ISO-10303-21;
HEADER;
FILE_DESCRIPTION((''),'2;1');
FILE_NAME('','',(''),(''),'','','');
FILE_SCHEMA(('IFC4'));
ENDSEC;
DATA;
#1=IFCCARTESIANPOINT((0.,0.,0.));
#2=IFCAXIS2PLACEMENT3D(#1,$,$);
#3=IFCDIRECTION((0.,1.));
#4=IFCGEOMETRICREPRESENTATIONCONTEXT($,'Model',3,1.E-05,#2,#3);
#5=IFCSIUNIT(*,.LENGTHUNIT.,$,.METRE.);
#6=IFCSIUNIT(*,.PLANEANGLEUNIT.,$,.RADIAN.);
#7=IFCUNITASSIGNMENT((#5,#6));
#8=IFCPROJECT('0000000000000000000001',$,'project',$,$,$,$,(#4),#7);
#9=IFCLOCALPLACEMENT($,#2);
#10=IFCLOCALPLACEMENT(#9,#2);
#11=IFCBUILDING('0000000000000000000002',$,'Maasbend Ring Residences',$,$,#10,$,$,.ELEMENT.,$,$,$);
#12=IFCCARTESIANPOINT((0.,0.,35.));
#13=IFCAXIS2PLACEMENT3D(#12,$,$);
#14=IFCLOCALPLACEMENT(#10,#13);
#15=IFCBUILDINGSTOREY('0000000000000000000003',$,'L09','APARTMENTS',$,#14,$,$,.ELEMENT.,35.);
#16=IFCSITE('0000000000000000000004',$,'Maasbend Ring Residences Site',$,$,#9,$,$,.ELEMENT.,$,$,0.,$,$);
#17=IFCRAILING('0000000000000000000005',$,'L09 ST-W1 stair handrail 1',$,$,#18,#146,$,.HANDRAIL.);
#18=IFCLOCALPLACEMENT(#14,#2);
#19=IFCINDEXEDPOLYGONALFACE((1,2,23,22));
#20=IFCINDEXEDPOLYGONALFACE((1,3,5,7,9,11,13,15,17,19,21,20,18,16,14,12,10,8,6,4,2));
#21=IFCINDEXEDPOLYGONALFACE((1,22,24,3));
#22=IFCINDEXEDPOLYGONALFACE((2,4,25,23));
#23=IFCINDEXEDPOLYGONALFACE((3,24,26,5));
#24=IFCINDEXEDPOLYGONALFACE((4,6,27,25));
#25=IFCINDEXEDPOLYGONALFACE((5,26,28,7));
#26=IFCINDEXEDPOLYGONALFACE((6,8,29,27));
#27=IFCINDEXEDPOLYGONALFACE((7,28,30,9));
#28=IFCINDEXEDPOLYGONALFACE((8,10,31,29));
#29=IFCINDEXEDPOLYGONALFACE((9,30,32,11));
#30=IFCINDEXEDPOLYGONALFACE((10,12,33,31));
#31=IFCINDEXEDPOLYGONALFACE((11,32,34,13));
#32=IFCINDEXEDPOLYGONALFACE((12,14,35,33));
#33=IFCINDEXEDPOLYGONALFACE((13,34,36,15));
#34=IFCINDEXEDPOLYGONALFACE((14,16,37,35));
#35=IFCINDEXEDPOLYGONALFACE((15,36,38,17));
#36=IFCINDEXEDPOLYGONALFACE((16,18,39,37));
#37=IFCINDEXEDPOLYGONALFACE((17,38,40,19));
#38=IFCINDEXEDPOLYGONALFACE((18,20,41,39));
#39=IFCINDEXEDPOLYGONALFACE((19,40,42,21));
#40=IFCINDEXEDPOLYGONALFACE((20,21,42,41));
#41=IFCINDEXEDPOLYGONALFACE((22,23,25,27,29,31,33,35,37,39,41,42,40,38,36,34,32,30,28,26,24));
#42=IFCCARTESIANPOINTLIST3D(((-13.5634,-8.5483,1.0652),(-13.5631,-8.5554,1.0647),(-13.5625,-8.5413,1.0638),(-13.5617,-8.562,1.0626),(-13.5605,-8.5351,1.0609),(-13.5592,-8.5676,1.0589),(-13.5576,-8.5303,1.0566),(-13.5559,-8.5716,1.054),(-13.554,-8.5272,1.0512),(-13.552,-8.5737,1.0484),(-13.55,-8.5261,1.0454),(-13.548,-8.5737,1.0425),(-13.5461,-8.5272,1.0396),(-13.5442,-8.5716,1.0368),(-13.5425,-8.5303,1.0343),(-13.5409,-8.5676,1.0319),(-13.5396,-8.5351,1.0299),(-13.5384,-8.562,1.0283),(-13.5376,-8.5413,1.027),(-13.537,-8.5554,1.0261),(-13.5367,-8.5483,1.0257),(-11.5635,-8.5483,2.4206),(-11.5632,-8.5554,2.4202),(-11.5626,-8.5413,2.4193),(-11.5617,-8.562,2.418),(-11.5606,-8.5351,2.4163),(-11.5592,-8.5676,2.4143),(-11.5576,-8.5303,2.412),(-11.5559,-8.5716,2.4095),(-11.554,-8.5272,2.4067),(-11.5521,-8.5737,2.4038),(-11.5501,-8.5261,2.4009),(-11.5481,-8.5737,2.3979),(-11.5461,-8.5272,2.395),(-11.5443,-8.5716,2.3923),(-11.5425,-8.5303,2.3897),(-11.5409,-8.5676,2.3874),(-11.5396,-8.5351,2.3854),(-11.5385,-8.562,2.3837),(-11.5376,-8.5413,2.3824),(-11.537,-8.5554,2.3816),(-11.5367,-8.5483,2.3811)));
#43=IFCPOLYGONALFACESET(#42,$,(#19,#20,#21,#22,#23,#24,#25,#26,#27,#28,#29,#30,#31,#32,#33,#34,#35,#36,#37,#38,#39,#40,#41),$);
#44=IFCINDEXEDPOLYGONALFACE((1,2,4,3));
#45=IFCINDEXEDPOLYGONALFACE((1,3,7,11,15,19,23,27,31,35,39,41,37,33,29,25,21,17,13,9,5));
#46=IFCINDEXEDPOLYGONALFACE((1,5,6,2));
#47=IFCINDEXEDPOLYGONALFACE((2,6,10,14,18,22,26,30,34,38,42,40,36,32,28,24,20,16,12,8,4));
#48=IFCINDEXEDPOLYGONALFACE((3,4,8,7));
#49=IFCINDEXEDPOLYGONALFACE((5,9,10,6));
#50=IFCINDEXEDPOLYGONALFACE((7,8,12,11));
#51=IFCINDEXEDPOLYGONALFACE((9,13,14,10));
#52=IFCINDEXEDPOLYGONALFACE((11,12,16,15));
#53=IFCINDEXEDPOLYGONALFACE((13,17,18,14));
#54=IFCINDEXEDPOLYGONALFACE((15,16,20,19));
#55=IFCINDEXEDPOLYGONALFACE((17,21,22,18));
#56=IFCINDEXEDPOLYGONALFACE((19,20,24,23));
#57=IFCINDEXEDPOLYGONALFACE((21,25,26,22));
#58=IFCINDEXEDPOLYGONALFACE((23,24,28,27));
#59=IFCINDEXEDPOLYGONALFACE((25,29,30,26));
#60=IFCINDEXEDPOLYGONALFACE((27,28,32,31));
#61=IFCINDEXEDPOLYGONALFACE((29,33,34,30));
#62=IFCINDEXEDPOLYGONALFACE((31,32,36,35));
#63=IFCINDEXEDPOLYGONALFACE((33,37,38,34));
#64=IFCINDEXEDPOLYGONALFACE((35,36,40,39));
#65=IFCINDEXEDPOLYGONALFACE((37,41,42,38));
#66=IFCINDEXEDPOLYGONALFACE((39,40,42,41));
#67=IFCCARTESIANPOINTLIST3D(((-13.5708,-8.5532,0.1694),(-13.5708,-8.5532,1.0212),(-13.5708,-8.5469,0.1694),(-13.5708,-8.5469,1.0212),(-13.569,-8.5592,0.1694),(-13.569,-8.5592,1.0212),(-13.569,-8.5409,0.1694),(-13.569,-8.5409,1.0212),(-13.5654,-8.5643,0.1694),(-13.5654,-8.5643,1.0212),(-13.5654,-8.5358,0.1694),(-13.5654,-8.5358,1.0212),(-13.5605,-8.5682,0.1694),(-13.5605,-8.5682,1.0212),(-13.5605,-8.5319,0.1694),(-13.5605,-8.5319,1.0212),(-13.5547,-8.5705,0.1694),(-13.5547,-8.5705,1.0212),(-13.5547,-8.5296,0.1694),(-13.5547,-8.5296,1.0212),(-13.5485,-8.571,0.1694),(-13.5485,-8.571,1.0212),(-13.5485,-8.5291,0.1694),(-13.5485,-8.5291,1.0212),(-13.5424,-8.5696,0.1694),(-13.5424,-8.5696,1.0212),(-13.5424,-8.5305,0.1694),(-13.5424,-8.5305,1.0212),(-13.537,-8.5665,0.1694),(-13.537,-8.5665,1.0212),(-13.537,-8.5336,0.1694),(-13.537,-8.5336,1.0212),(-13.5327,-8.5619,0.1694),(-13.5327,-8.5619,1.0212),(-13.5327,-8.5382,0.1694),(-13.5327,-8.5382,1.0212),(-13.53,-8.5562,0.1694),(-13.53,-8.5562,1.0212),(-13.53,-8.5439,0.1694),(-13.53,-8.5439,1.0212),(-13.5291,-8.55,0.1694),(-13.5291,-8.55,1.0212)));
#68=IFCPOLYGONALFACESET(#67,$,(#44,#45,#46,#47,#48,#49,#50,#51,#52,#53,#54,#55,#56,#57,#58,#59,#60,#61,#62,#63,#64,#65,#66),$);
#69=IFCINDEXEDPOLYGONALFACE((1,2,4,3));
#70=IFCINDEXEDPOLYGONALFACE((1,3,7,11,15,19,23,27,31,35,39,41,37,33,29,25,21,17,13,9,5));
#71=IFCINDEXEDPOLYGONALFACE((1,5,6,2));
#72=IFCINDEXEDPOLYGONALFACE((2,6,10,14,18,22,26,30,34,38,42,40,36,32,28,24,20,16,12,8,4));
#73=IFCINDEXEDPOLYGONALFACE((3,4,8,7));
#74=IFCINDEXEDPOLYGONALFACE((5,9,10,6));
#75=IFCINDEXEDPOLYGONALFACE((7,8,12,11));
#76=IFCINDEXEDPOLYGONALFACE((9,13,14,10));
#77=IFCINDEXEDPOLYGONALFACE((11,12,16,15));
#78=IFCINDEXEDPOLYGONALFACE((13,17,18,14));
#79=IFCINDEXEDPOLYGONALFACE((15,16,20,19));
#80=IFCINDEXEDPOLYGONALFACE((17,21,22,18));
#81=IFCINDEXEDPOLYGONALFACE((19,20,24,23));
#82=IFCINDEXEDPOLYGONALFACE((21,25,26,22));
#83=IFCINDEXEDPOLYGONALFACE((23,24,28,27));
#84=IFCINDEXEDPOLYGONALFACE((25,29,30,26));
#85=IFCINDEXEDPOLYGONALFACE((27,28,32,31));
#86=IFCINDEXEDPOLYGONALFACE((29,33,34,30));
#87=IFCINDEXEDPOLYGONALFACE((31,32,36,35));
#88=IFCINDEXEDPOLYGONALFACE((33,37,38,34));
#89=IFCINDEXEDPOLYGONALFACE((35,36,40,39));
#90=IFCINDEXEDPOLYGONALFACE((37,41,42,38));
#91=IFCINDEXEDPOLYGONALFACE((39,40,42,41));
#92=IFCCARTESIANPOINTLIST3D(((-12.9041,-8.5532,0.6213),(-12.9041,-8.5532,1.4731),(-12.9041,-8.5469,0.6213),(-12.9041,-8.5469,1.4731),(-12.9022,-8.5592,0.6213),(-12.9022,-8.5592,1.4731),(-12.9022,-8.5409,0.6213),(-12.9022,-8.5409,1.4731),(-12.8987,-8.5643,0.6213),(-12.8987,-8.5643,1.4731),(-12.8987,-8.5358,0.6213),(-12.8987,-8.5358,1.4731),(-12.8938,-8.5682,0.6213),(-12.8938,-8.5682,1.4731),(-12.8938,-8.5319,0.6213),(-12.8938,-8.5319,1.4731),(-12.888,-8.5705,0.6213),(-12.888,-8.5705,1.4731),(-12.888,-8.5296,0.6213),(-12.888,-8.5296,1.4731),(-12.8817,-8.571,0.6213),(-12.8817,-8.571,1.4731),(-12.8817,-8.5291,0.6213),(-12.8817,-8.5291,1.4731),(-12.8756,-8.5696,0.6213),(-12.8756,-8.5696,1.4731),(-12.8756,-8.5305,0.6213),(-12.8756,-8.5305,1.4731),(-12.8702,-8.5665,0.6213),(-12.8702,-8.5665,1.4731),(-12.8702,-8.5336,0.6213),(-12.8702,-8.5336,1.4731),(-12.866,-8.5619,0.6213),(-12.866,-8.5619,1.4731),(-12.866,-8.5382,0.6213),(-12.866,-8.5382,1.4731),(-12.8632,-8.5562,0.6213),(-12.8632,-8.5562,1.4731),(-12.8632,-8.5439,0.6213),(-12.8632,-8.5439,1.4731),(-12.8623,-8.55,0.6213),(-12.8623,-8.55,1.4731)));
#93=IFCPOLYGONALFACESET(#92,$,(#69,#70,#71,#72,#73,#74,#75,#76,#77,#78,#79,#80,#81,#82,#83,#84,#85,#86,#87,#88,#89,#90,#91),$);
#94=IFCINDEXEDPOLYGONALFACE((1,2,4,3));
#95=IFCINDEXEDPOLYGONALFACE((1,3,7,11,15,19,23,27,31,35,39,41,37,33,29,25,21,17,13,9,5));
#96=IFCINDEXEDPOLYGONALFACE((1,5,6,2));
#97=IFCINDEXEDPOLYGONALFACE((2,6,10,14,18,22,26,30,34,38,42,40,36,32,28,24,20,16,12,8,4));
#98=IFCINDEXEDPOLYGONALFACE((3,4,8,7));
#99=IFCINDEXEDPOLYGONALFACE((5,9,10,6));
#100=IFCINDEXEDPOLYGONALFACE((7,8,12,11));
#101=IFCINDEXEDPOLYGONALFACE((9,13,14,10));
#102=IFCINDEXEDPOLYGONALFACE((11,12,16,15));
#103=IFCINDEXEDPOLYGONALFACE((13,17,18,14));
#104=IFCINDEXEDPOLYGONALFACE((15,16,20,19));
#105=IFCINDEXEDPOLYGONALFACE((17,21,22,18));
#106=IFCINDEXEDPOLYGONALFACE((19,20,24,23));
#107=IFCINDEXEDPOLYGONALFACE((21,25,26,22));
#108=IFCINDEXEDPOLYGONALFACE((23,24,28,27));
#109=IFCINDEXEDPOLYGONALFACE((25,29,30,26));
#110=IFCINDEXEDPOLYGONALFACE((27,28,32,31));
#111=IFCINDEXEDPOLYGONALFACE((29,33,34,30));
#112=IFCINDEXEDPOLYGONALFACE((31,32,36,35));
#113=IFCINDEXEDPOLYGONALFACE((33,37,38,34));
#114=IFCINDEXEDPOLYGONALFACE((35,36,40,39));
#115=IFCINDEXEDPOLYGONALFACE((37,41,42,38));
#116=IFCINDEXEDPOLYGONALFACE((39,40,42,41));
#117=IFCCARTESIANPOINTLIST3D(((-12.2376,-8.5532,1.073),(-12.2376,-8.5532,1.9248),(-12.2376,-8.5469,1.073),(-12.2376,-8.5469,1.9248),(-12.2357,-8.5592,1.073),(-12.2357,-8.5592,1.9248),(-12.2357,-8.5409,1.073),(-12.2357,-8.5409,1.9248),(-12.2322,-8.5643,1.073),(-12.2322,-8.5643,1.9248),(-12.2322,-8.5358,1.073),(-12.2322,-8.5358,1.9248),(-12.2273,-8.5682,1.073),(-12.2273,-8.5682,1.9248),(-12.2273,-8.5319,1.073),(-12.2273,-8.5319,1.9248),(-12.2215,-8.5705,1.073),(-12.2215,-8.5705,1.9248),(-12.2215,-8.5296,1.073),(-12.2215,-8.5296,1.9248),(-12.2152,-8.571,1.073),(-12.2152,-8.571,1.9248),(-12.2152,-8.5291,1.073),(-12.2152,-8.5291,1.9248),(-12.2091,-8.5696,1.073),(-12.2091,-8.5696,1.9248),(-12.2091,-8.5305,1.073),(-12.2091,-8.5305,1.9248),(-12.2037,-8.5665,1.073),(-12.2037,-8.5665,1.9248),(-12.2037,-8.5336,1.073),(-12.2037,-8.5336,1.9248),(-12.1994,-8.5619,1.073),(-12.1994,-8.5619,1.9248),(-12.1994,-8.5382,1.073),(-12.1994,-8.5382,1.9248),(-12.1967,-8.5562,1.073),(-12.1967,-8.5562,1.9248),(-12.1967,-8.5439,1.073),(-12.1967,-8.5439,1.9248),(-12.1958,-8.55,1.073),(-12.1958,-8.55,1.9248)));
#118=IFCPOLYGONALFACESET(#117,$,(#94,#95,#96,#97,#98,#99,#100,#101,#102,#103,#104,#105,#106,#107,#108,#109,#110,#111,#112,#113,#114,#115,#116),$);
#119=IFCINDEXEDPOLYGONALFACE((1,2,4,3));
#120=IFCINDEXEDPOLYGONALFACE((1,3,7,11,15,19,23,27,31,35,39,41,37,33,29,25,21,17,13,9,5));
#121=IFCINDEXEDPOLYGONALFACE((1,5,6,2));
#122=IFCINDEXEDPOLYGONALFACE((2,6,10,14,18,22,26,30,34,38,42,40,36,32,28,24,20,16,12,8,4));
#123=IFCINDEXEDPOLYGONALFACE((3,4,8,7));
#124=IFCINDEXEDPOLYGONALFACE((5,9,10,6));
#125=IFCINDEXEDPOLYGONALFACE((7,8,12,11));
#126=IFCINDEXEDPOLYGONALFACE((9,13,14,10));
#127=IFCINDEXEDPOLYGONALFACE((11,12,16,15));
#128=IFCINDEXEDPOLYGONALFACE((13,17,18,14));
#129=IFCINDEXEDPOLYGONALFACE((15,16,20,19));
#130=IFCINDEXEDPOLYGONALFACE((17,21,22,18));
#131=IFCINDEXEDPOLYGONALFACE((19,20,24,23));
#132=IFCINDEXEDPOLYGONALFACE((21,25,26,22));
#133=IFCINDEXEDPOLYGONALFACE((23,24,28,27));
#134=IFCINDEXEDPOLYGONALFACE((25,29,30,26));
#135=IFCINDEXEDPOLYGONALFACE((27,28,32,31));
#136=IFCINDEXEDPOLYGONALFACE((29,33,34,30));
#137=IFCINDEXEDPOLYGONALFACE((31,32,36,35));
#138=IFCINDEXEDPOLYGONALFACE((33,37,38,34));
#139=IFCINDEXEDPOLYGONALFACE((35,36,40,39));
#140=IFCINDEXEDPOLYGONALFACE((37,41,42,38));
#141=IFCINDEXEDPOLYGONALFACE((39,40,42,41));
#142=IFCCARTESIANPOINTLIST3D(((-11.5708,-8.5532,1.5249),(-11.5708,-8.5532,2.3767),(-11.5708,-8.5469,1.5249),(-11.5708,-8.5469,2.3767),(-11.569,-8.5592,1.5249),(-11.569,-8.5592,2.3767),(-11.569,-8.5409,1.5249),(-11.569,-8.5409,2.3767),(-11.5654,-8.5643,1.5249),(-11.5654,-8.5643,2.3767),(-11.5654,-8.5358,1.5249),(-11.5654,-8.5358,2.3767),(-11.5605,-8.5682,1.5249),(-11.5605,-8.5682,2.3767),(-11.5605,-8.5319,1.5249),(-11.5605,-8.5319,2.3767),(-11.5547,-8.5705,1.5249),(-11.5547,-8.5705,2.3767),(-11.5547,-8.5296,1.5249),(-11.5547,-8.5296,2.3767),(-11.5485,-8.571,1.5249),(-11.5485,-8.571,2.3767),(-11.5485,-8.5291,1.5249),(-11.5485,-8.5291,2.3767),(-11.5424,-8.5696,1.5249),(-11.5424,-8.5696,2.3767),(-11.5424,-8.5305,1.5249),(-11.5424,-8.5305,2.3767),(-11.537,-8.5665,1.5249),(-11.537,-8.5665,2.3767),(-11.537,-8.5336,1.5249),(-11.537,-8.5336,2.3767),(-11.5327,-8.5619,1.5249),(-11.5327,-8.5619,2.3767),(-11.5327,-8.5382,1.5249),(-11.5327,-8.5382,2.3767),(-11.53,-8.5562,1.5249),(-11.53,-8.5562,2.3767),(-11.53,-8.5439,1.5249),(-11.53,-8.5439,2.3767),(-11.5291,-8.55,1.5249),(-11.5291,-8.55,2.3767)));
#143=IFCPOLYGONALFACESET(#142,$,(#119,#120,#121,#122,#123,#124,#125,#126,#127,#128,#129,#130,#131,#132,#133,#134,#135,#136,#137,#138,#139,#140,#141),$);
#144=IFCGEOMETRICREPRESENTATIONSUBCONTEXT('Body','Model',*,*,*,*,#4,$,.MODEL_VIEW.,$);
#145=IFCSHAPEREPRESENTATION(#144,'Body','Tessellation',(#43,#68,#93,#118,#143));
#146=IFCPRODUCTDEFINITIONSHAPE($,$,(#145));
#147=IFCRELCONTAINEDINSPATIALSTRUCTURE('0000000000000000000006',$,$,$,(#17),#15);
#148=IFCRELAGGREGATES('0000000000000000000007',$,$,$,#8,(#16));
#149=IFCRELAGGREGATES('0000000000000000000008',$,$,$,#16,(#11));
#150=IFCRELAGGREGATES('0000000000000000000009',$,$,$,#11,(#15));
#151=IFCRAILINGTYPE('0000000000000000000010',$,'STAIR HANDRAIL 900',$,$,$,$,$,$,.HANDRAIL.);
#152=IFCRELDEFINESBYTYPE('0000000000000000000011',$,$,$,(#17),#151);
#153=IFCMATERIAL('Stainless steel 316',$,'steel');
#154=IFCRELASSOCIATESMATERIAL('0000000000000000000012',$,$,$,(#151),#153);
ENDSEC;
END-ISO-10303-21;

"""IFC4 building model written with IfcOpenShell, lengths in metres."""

from ifc_helpers import new_model, si_unit, direction, frame, origin, origin_2d, place, context, subcontext, project, spatial, circle, extrude, material, type_object, element, save


model = new_model("IFC4")

# Units and contexts
model_context = context("Model", 3, precision=1e-05, world=origin(), true_north=direction((0.0, 1.0)))
body_context = subcontext(model_context, "Body", "Model", "MODEL_VIEW")
ifc_project = project(units=[si_unit("LENGTHUNIT", "METRE"), si_unit("PLANEANGLEUNIT", "RADIAN")], contexts=[model_context])

# Site, building, storey
site_placement = place(None, origin())
site = spatial("IfcSite", under=ifc_project, at=site_placement, Name="Maasbend Ring Residences Site", CompositionType="ELEMENT", RefElevation=0.0)
building_placement = place(site_placement, origin())
building = spatial("IfcBuilding", under=site, at=building_placement, Name="Maasbend Ring Residences", CompositionType="ELEMENT")
storey_placement = place(building_placement, frame((0.0, 0.0, 35.0)))
storey = spatial("IfcBuildingStorey", under=building, at=storey_placement, Name="L09", Description="APARTMENTS", CompositionType="ELEMENT", Elevation=35.0)

# Railing
ifc_material_1 = material(Name="Stainless steel 316", Category="steel")
railing_type_1 = type_object("IfcRailingType", Name="STAIR HANDRAIL 900", PredefinedType="HANDRAIL", material=ifc_material_1)
railing_1_placement = place(storey_placement, frame((-13.55, -8.55, 0.1694)))
element("IfcRailing", 1, at=railing_1_placement, inside=storey, type_object=railing_type_1, Name="L09 ST-W1 stair handrail 1", PredefinedType="HANDRAIL", context=body_context, shape_type="SweptSolid", body=[
    extrude(circle(Radius=0.0239, at=origin_2d()), frame((0.0, 0.0, 0.876), z_axis=(0.827798, 0.0, 0.561027), x_axis=(0.0, 1.0, 0.0)), (0.0, 0.0, 1.0), 2.416),
    extrude(circle(Radius=0.021, at=origin_2d()), origin(), (0.0, 0.0, 1.0), 0.8518),
    extrude(circle(Radius=0.021, at=origin_2d()), frame((0.6667, 0.0, 0.4519)), (0.0, 0.0, 1.0), 0.8518),
    extrude(circle(Radius=0.021, at=origin_2d()), frame((1.3333, 0.0, 0.9036)), (0.0, 0.0, 1.0), 0.8518),
    extrude(circle(Radius=0.021, at=origin_2d()), frame((2.0, 0.0, 1.3555)), (0.0, 0.0, 1.0), 0.8518),
])

save(model, "model.ifc")
